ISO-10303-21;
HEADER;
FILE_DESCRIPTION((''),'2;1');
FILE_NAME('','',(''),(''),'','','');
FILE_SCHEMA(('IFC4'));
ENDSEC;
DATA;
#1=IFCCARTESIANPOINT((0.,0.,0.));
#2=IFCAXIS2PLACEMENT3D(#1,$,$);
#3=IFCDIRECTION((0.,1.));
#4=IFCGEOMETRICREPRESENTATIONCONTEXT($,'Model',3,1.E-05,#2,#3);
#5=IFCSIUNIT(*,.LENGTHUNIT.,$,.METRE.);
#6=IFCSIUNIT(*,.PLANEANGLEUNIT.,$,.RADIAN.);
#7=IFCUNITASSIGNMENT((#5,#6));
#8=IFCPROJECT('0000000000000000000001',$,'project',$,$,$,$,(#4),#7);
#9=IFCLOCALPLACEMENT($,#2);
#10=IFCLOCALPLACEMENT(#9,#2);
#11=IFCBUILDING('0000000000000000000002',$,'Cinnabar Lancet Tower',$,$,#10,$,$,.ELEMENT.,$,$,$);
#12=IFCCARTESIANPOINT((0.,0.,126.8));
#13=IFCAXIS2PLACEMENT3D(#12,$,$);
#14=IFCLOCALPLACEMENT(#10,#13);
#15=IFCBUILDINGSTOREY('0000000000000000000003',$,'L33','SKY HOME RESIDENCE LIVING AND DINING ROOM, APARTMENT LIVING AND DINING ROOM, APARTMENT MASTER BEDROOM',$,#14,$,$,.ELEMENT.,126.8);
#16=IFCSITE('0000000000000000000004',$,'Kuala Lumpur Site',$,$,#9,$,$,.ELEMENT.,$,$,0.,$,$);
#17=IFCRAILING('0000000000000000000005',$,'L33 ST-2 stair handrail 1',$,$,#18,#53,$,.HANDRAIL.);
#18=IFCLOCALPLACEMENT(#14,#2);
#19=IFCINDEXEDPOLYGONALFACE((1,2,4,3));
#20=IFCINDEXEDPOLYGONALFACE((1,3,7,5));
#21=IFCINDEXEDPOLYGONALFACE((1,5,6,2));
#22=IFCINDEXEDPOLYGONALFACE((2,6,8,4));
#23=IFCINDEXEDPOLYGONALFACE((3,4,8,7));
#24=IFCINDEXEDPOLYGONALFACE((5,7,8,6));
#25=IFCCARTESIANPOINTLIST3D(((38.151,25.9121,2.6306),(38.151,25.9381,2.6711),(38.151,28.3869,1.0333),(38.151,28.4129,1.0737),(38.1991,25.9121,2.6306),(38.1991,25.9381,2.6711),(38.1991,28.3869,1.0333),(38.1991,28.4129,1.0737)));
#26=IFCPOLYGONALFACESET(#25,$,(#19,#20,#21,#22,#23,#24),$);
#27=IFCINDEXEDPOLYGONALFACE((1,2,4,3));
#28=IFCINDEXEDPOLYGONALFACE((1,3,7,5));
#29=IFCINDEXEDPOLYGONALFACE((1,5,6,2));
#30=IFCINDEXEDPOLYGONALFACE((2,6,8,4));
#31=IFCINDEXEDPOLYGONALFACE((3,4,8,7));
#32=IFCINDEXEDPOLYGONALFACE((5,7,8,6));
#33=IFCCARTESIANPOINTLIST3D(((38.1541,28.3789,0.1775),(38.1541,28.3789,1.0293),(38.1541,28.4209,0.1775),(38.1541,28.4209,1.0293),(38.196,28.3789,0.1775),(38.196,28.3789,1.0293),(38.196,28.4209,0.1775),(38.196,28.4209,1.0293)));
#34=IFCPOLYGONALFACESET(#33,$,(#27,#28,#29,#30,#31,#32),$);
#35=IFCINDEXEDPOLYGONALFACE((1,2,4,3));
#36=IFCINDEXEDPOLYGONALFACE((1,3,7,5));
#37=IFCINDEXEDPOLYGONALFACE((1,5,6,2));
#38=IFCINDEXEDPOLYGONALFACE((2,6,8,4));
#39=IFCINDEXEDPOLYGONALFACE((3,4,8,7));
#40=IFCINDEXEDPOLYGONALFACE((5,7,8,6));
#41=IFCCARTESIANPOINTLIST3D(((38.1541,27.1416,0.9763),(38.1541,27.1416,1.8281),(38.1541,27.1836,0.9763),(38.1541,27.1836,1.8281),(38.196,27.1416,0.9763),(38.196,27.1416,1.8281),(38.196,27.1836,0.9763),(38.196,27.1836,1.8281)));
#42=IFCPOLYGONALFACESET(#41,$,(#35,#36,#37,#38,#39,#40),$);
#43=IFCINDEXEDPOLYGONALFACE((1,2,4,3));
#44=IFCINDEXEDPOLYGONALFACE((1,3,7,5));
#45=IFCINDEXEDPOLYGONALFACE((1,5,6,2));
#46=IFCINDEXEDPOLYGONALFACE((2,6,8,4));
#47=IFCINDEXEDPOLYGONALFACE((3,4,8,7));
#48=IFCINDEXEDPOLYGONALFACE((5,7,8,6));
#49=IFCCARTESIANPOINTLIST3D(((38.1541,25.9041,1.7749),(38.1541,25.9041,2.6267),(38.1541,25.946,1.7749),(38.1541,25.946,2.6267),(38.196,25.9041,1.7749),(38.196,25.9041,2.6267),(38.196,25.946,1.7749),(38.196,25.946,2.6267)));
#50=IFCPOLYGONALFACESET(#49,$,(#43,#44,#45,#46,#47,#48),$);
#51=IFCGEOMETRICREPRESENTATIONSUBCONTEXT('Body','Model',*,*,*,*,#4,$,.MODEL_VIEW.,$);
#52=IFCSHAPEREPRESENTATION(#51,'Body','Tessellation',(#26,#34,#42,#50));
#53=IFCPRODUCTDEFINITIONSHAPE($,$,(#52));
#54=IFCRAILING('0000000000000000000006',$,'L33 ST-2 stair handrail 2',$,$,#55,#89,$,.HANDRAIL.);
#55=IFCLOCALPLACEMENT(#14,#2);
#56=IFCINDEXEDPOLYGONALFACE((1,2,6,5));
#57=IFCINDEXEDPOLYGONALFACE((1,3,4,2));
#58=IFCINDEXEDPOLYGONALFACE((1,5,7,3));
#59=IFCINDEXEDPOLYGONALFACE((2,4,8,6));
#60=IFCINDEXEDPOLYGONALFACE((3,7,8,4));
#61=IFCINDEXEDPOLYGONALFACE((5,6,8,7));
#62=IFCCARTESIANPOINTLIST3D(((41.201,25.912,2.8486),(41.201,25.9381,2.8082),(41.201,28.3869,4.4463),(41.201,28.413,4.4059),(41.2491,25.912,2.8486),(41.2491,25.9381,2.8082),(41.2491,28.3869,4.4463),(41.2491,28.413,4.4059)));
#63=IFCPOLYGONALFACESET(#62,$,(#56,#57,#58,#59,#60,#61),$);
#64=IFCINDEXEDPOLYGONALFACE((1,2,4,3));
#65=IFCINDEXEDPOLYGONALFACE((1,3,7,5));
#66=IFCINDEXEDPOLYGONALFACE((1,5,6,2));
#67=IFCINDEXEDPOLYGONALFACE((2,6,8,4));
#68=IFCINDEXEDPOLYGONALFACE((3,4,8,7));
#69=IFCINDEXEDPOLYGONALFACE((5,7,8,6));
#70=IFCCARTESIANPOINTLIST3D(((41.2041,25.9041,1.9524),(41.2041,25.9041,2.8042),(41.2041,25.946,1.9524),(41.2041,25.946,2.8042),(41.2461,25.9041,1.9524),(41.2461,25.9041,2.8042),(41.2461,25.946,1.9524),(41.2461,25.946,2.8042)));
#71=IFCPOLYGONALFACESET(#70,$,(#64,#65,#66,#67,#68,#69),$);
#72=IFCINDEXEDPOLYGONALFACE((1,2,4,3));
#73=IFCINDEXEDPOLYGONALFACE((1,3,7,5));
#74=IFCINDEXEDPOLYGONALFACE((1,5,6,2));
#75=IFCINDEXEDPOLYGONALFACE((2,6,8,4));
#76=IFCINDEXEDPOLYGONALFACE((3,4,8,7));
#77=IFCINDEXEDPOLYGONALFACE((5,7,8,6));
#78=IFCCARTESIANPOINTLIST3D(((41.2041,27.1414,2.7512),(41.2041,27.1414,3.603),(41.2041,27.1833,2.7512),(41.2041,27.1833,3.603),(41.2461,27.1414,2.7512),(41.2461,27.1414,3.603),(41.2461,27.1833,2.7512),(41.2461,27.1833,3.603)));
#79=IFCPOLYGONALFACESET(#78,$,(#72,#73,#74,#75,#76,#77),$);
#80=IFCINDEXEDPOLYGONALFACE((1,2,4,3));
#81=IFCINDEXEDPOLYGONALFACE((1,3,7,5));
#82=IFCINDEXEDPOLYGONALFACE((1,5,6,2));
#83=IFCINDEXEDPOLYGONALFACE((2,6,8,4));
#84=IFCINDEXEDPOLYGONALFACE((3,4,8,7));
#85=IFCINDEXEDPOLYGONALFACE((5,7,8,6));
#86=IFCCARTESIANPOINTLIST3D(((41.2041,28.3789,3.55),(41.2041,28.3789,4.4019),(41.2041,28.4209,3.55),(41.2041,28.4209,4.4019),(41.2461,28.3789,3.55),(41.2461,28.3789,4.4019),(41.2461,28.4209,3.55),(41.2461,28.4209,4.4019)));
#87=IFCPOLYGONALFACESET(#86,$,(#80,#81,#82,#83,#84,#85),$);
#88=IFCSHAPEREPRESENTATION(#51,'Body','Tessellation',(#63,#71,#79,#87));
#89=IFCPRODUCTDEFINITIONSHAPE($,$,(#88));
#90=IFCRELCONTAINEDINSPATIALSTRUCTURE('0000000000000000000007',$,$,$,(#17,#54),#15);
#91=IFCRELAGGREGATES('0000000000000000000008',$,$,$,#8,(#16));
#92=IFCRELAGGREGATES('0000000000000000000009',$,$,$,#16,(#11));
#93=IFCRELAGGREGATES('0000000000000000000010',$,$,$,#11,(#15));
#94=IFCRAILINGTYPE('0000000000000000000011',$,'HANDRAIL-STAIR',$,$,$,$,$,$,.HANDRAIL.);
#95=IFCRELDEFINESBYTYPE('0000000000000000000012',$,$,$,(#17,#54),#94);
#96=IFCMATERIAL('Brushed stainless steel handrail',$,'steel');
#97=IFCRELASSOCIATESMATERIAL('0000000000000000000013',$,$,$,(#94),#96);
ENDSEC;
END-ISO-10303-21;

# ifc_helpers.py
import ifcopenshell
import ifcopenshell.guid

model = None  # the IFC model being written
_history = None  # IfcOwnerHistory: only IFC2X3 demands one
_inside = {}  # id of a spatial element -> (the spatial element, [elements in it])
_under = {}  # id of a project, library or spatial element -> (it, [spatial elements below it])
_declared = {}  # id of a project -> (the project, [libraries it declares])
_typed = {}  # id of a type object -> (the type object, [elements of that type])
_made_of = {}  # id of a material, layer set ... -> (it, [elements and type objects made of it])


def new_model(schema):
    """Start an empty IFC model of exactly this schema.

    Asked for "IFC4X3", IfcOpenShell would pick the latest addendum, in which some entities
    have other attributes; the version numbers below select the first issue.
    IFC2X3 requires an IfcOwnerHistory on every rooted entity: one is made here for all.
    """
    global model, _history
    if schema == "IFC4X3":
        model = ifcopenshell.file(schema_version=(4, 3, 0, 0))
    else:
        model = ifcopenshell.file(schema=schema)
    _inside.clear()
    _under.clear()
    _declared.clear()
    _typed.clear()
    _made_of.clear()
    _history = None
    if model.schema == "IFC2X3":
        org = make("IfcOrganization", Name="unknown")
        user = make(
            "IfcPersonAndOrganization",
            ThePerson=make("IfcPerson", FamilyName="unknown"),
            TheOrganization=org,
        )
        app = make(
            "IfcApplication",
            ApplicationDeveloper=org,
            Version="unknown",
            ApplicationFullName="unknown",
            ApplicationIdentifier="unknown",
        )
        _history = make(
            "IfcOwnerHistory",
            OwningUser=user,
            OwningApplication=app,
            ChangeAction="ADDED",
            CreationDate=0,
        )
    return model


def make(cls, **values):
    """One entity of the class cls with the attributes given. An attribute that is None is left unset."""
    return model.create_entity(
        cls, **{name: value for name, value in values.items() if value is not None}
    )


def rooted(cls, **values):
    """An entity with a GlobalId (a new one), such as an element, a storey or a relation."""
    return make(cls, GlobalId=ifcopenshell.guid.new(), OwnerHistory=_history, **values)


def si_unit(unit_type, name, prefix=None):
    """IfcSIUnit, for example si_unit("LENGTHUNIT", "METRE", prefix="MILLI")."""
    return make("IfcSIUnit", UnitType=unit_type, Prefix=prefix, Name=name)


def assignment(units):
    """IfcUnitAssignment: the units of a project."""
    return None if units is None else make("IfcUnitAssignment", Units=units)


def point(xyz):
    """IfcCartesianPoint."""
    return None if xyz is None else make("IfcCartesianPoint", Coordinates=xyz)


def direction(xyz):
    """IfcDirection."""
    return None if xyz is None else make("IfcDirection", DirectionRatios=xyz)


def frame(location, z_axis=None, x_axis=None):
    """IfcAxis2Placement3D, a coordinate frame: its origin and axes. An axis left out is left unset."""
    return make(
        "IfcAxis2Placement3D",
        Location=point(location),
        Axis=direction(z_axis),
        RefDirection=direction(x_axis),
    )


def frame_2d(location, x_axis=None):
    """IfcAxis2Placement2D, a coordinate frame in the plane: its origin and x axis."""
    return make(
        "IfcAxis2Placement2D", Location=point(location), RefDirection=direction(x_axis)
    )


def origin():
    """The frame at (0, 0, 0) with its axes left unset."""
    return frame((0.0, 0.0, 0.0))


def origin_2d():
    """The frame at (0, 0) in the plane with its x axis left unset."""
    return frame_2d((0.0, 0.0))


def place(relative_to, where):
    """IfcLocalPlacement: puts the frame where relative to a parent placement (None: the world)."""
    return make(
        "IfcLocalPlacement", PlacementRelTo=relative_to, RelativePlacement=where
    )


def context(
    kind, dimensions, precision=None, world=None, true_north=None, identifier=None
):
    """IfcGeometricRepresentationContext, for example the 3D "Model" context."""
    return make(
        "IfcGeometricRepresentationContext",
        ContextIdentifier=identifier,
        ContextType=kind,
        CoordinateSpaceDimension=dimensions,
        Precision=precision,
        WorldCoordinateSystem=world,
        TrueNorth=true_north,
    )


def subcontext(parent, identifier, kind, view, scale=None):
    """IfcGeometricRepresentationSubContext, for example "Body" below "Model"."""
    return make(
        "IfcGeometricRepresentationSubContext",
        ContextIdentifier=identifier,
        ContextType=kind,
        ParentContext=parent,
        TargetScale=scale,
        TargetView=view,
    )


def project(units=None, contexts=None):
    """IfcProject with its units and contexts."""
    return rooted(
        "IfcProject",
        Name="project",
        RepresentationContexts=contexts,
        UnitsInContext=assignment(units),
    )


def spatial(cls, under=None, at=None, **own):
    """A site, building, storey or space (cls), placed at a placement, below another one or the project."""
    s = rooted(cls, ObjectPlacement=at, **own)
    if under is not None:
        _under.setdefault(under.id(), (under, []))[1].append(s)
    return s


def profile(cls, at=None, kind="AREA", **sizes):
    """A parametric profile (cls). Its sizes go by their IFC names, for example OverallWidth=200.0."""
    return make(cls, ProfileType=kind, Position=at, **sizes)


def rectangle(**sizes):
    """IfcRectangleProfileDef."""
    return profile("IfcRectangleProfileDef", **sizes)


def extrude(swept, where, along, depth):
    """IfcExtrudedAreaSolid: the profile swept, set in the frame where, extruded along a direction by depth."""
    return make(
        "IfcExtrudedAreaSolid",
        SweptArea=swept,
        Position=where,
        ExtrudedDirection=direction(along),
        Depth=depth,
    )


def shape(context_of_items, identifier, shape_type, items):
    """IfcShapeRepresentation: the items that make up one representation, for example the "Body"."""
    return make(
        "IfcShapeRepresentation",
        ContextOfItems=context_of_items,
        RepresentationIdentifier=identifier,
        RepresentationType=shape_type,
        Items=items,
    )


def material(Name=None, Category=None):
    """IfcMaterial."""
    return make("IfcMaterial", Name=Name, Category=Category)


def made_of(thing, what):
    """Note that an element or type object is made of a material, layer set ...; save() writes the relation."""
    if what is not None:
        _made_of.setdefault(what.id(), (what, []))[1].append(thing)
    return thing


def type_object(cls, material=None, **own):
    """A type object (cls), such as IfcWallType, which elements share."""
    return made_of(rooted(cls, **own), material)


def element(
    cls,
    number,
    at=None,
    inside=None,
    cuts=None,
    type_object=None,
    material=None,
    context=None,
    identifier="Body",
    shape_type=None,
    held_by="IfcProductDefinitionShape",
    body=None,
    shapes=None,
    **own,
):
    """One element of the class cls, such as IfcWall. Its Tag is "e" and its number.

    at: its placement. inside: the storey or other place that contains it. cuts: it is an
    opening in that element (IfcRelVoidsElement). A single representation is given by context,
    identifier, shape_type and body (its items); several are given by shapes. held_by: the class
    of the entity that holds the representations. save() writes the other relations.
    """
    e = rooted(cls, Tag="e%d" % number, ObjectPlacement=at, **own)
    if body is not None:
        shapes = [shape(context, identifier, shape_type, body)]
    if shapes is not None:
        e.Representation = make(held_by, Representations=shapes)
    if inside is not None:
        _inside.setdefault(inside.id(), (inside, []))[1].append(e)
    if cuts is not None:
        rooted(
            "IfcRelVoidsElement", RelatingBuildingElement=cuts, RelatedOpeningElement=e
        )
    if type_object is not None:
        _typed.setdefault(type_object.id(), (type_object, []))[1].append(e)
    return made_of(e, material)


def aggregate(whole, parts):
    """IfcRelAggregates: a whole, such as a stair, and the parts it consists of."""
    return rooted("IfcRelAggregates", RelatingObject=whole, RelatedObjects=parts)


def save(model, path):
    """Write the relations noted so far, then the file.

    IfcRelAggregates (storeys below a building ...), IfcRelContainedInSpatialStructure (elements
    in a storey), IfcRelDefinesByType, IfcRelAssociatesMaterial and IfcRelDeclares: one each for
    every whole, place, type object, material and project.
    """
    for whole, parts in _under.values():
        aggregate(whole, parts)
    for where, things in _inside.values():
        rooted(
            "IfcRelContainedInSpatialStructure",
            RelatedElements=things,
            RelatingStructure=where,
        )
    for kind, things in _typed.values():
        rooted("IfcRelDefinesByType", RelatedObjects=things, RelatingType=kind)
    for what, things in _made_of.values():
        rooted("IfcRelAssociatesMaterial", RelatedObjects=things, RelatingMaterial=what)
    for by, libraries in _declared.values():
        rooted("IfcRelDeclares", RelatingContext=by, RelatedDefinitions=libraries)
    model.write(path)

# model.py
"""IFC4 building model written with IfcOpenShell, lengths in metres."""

from ifc_helpers import new_model, si_unit, direction, frame, origin, origin_2d, place, context, subcontext, project, spatial, rectangle, extrude, material, type_object, element, save


model = new_model("IFC4")

# Units and contexts
model_context = context("Model", 3, precision=1e-05, world=origin(), true_north=direction((0.0, 1.0)))
body_context = subcontext(model_context, "Body", "Model", "MODEL_VIEW")
ifc_project = project(units=[si_unit("LENGTHUNIT", "METRE"), si_unit("PLANEANGLEUNIT", "RADIAN")], contexts=[model_context])

# Site, building, storey
site_placement = place(None, origin())
site = spatial("IfcSite", under=ifc_project, at=site_placement, Name="Kuala Lumpur Site", CompositionType="ELEMENT", RefElevation=0.0)
building_placement = place(site_placement, origin())
building = spatial("IfcBuilding", under=site, at=building_placement, Name="Cinnabar Lancet Tower", CompositionType="ELEMENT")
storey_placement = place(building_placement, frame((0.0, 0.0, 126.8)))
storey = spatial("IfcBuildingStorey", under=building, at=storey_placement, Name="L33", Description="SKY HOME RESIDENCE LIVING AND DINING ROOM, APARTMENT LIVING AND DINING ROOM, APARTMENT MASTER BEDROOM", CompositionType="ELEMENT", Elevation=126.8)

# Railings
ifc_material_1 = material(Name="Brushed stainless steel handrail", Category="steel")
railing_type_1 = type_object("IfcRailingType", Name="HANDRAIL-STAIR", PredefinedType="HANDRAIL", material=ifc_material_1)
railing_1_placement = place(storey_placement, frame((38.175, 28.3999, 0.1775)))
element("IfcRailing", 1, at=railing_1_placement, inside=storey, type_object=railing_type_1, Name="L33 ST-2 stair handrail 1", PredefinedType="HANDRAIL", context=body_context, shape_type="SweptSolid", body=[
    extrude(rectangle(XDim=0.0481, YDim=0.0481, at=origin_2d()), frame((0.0, 0.0, 0.876), z_axis=(0.0, -0.840183, 0.542302), x_axis=(1.0, 0.0, 0.0)), (0.0, 0.0, 1.0), 2.9456),
    extrude(rectangle(XDim=0.042, YDim=0.042, at=origin_2d()), origin(), (0.0, 0.0, 1.0), 0.8518),
    extrude(rectangle(XDim=0.042, YDim=0.042, at=origin_2d()), frame((0.0, -1.2373, 0.7988)), (0.0, 0.0, 1.0), 0.8518),
    extrude(rectangle(XDim=0.042, YDim=0.042, at=origin_2d()), frame((0.0, -2.4749, 1.5974)), (0.0, 0.0, 1.0), 0.8518),
])
railing_2_placement = place(storey_placement, frame((41.2251, 25.925, 1.9524)))
element("IfcRailing", 2, at=railing_2_placement, inside=storey, type_object=railing_type_1, Name="L33 ST-2 stair handrail 2", PredefinedType="HANDRAIL", context=body_context, shape_type="SweptSolid", body=[
    extrude(rectangle(XDim=0.0481, YDim=0.0481, at=origin_2d()), frame((0.0, 0.0, 0.876), z_axis=(0.0, 0.840146, 0.542361), x_axis=(-1.0, 0.0, 0.0)), (0.0, 0.0, 1.0), 2.9458),
    extrude(rectangle(XDim=0.042, YDim=0.042, at=origin_2d()), origin(), (0.0, 0.0, 1.0), 0.8518),
    extrude(rectangle(XDim=0.042, YDim=0.042, at=origin_2d()), frame((0.0, 1.2373, 0.7988)), (0.0, 0.0, 1.0), 0.8518),
    extrude(rectangle(XDim=0.042, YDim=0.042, at=origin_2d()), frame((0.0, 2.4749, 1.5977)), (0.0, 0.0, 1.0), 0.8518),
])

save(model, "model.ifc")
